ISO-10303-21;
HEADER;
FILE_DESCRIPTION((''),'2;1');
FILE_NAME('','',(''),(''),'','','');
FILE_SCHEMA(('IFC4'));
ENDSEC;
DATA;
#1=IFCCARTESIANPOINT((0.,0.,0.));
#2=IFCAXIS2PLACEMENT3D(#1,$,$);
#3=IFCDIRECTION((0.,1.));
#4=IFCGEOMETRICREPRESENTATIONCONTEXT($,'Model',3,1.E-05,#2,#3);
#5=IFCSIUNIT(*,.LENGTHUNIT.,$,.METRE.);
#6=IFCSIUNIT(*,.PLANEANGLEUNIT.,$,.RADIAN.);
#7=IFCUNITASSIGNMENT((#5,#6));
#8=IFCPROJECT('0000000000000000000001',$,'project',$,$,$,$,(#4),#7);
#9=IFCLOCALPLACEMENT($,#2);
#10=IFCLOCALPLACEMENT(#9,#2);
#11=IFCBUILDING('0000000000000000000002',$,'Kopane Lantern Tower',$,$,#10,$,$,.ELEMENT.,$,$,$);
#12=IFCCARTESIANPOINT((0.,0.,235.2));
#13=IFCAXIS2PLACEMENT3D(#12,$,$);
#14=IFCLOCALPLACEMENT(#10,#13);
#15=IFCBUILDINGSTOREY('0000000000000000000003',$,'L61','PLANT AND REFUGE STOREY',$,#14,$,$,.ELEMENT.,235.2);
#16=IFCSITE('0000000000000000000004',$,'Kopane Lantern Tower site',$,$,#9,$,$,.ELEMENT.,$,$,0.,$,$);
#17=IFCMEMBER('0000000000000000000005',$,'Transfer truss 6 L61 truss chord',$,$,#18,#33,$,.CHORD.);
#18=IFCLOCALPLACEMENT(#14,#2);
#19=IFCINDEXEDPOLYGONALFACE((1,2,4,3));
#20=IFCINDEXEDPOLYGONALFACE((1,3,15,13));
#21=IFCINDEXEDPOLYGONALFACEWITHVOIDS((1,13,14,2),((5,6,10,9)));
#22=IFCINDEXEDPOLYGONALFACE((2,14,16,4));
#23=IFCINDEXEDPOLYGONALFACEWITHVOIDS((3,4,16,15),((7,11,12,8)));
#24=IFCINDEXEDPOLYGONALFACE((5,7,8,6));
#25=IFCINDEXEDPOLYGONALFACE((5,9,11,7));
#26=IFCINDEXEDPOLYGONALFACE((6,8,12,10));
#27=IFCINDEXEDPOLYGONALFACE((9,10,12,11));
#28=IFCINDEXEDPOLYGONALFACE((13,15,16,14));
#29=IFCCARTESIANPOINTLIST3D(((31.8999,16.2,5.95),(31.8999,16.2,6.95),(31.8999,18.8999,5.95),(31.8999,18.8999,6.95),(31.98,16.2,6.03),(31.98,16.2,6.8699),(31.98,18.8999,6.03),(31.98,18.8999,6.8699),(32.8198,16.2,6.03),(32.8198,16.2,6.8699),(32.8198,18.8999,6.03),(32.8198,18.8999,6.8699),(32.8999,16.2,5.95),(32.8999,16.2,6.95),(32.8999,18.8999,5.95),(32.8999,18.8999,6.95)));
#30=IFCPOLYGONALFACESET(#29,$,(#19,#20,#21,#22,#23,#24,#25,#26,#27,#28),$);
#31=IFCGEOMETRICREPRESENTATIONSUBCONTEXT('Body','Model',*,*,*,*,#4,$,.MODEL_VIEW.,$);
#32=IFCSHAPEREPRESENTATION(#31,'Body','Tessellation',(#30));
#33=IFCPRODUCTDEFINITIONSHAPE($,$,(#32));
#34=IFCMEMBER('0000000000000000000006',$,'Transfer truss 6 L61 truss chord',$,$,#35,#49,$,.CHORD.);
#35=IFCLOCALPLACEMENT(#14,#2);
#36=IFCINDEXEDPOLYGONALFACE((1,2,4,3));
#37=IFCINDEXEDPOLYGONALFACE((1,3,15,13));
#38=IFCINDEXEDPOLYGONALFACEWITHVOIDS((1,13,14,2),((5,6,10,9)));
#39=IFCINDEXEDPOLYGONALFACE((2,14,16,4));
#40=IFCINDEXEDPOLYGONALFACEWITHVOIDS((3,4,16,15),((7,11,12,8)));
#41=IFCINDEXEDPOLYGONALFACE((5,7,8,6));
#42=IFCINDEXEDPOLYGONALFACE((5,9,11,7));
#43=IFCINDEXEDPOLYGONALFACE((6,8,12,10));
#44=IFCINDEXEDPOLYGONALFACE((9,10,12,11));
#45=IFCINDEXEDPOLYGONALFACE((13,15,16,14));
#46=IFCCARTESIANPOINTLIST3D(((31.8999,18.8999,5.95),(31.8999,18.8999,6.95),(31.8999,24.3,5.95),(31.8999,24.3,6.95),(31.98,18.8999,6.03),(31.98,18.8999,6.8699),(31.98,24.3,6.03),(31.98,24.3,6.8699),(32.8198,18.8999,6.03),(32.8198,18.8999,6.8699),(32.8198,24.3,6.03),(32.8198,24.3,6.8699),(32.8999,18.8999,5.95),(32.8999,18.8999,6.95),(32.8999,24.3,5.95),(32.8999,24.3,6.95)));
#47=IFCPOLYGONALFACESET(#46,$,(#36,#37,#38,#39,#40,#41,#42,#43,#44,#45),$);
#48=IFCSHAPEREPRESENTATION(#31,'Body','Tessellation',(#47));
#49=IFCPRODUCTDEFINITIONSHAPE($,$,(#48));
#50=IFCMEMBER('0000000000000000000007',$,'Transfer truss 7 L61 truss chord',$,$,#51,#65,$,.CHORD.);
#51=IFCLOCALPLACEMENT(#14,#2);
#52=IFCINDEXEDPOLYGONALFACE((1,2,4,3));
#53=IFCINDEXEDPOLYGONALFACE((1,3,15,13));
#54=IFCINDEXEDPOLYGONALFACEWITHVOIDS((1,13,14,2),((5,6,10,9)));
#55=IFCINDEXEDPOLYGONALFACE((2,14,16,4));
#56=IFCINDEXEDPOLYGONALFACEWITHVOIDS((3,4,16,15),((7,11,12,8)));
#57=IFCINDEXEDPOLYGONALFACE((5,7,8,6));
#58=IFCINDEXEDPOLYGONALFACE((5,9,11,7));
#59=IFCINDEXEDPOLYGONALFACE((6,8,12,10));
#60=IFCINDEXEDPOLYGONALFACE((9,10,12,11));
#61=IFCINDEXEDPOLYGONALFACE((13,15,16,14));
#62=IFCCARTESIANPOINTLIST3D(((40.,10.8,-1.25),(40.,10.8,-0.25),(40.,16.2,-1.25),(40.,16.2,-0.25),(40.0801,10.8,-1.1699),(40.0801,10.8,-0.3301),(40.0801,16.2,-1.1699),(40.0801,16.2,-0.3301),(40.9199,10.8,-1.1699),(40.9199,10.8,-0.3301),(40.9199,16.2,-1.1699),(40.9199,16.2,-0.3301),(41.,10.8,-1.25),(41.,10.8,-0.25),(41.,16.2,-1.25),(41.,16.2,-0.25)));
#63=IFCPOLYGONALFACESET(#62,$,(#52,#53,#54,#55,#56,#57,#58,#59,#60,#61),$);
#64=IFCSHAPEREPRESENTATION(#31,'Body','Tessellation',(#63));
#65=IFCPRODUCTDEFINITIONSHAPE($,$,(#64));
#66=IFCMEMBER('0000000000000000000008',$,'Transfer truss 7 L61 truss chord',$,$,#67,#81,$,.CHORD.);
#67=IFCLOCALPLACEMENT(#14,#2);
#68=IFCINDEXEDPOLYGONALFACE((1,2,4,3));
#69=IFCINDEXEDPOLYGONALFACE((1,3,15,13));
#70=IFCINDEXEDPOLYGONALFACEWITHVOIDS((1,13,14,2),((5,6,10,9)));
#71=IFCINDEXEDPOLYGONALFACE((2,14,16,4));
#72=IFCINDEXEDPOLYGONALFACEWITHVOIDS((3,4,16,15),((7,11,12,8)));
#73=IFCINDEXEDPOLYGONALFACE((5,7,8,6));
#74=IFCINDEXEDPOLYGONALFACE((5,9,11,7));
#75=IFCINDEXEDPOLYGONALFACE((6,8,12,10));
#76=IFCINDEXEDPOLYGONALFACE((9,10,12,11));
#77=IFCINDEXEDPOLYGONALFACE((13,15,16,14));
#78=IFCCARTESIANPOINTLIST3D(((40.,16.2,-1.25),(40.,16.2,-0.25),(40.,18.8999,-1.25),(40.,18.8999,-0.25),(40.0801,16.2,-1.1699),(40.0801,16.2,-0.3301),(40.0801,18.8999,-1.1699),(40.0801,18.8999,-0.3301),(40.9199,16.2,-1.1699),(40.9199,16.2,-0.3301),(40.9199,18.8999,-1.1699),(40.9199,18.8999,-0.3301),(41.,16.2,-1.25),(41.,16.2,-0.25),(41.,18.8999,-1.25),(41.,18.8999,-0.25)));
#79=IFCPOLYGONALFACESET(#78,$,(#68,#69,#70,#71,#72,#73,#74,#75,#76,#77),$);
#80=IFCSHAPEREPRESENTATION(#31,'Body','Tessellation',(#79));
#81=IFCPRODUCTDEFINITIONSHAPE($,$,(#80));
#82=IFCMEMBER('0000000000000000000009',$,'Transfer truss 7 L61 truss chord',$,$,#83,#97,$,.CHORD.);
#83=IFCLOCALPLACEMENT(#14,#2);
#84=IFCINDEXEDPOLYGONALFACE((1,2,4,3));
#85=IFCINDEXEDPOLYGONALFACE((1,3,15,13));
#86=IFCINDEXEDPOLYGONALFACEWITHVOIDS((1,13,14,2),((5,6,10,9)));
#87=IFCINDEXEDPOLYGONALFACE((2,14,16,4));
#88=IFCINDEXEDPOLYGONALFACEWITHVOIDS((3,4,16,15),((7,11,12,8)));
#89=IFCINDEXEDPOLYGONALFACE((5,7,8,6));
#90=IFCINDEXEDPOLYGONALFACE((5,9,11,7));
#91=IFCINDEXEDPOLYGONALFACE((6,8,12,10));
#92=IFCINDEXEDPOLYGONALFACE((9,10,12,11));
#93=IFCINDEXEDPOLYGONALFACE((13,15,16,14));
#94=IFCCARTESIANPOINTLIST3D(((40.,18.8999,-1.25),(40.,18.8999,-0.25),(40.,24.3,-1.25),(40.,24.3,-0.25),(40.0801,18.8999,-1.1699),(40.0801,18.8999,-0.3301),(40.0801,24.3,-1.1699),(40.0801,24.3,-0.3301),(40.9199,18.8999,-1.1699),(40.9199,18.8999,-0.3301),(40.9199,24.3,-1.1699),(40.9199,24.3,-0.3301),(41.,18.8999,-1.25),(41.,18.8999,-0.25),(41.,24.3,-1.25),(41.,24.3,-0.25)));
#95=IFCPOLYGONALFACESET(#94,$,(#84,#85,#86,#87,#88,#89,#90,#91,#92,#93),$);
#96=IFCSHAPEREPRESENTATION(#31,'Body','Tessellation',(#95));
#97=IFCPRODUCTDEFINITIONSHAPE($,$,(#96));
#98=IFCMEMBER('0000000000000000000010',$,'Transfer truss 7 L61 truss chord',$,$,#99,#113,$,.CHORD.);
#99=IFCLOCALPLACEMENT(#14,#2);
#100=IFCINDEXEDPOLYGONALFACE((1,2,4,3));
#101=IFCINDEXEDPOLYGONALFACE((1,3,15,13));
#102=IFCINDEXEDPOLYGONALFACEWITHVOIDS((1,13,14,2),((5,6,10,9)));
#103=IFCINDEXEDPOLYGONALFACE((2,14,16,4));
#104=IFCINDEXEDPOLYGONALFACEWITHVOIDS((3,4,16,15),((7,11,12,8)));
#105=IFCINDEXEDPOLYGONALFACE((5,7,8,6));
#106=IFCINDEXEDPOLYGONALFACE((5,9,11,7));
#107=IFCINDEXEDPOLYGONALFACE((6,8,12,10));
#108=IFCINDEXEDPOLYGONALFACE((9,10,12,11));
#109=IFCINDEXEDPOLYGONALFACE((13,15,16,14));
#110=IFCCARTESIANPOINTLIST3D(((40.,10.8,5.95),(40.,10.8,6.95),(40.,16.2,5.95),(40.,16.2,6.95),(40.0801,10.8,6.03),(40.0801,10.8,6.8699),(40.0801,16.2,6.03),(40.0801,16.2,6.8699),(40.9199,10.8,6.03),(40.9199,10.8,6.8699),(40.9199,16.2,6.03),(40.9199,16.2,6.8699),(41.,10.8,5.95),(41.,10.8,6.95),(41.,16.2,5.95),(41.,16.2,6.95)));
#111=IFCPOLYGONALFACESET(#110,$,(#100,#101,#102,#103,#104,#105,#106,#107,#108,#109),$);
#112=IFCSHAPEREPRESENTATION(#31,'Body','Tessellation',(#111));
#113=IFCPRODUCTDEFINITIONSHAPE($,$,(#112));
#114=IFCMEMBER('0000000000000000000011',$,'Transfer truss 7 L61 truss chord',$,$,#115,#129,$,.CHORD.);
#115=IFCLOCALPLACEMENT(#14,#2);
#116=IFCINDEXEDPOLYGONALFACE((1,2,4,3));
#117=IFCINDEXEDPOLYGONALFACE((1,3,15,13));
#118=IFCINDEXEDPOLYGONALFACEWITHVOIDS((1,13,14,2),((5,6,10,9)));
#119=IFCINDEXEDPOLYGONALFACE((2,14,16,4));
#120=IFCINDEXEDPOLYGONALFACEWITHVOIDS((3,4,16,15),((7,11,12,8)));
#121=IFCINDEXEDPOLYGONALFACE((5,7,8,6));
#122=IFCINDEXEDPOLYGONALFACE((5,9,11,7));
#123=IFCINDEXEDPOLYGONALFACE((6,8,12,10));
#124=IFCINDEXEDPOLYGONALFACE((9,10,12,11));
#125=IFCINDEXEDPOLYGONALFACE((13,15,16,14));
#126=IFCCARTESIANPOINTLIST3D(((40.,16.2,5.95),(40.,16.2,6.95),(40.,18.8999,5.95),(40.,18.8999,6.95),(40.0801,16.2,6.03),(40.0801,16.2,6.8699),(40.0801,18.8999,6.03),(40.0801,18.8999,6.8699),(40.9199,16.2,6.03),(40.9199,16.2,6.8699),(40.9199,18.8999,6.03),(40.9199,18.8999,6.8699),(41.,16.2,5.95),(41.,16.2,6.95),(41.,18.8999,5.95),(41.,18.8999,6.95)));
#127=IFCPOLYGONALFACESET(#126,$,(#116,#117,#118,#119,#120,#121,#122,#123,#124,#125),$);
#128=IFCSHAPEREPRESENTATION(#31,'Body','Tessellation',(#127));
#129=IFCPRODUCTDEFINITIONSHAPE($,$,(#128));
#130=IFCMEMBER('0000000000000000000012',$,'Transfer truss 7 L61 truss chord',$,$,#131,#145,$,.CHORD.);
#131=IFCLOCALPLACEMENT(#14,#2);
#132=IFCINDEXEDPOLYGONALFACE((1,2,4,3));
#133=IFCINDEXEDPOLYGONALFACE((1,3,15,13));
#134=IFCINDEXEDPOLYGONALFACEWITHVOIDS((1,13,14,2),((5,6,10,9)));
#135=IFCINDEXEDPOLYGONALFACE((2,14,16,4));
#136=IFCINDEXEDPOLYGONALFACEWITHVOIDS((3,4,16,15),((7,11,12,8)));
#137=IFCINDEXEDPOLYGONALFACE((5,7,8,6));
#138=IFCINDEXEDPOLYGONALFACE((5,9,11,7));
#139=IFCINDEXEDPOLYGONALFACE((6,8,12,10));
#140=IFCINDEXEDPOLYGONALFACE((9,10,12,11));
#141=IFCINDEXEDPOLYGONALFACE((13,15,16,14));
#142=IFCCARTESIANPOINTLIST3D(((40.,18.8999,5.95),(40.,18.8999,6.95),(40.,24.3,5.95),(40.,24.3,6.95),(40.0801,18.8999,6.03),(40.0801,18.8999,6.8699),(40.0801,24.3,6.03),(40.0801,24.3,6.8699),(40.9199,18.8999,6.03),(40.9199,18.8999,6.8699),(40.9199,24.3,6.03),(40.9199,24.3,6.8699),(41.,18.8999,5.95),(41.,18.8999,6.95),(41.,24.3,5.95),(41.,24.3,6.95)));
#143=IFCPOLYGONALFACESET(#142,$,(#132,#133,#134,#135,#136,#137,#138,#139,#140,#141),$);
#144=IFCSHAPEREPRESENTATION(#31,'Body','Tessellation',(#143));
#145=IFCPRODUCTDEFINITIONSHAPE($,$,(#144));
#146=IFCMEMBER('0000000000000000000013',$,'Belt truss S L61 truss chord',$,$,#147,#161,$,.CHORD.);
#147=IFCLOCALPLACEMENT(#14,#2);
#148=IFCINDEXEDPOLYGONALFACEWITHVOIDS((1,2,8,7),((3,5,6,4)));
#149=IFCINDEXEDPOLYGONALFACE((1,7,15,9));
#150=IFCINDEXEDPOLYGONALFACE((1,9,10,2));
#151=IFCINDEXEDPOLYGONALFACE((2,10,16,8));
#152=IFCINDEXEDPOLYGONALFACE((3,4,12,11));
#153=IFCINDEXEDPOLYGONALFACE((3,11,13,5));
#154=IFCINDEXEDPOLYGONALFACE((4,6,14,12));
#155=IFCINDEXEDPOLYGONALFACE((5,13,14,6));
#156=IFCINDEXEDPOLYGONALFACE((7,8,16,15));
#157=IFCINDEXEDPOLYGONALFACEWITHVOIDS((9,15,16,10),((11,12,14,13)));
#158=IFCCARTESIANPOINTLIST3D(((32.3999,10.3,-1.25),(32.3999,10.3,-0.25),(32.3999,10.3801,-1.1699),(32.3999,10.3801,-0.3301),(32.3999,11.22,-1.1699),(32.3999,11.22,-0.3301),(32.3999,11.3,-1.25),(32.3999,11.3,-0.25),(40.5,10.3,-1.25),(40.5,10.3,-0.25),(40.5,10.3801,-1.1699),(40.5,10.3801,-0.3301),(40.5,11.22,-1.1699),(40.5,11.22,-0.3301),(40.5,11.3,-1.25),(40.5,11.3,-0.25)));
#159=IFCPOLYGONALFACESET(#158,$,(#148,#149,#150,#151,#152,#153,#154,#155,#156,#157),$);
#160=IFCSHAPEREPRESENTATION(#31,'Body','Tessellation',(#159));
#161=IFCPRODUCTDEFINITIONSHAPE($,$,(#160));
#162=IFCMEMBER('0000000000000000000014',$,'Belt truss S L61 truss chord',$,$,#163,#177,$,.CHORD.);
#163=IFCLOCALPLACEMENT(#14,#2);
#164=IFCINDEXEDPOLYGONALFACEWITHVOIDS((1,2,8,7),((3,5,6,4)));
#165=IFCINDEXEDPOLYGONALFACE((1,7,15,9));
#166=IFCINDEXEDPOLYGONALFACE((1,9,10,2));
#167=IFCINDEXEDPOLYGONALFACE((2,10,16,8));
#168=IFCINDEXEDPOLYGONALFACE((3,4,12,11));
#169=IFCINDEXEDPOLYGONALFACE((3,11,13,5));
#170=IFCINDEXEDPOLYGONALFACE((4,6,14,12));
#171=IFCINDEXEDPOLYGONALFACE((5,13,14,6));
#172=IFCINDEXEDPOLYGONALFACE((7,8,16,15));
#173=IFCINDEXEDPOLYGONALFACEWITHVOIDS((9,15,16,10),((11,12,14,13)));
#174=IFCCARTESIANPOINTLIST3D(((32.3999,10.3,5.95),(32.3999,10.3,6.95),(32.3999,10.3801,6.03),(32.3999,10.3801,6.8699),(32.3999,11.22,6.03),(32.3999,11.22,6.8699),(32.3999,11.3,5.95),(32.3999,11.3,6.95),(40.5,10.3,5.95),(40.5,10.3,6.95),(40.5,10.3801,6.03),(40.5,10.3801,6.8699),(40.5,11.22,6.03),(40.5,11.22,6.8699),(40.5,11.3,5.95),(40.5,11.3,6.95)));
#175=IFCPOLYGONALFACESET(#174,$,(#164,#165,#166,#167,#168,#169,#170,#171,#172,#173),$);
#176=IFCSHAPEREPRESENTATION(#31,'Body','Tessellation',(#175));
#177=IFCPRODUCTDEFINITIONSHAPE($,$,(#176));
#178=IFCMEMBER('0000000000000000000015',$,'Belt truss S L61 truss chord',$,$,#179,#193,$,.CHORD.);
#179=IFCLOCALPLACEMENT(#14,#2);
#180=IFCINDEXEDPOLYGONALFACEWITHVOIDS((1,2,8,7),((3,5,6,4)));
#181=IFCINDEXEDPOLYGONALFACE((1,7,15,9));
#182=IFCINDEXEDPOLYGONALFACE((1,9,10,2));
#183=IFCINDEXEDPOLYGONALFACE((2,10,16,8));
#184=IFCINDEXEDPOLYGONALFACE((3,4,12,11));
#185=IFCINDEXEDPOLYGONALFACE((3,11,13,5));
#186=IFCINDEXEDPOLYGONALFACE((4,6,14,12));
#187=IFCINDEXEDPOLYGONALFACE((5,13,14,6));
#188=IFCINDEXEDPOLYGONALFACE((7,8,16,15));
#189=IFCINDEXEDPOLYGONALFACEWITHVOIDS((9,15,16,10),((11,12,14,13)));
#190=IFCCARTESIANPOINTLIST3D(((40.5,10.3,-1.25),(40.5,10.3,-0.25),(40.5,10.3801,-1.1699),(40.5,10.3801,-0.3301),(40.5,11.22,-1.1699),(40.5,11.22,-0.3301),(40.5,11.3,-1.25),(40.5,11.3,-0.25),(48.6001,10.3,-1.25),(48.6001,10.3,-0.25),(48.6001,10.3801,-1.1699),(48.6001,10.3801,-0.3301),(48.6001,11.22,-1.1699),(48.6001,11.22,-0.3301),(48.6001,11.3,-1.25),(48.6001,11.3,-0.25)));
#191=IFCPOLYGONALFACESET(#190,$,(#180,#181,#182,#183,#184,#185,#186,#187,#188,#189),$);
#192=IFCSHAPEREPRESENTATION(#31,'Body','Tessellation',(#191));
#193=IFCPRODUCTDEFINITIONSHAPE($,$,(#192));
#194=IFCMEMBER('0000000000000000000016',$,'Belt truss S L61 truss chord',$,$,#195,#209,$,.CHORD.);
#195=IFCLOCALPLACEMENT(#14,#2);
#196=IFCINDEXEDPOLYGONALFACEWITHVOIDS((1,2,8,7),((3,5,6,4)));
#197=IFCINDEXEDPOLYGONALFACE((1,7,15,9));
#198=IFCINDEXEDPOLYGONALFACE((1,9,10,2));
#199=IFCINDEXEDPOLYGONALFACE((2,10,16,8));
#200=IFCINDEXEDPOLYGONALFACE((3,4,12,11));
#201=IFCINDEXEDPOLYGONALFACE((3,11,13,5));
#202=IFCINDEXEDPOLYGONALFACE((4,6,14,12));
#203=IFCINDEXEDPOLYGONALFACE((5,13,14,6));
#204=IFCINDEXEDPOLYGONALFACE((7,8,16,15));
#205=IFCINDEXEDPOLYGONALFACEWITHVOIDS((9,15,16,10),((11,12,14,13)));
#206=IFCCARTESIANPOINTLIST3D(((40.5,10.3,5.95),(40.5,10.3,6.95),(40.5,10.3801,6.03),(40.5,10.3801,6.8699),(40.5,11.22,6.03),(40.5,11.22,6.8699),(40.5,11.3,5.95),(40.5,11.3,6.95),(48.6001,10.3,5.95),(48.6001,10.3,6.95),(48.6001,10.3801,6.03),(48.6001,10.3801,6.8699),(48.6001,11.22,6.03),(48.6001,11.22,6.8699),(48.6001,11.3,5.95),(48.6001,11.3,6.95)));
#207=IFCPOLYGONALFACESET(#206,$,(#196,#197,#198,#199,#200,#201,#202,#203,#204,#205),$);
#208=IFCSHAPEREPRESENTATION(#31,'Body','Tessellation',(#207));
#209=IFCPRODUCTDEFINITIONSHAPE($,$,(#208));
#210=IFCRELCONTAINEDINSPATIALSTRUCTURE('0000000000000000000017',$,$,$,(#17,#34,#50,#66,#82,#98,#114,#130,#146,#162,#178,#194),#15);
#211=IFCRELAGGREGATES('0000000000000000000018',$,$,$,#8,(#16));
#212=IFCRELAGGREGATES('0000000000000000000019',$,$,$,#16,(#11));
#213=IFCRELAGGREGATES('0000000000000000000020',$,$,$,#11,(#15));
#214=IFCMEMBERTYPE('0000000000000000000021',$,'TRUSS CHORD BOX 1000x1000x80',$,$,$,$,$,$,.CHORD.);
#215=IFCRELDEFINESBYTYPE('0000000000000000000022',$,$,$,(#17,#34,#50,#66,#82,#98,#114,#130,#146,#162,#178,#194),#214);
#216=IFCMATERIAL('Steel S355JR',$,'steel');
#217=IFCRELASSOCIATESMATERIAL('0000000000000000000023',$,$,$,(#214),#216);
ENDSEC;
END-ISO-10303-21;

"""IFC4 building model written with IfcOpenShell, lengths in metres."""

from ifc_helpers import new_model, si_unit, direction, frame, origin, origin_2d, place, context, subcontext, project, spatial, hollow_rectangle, extrude, material, material_profile, profile_set, type_object, element, save


model = new_model("IFC4")

# Units and contexts
model_context = context("Model", 3, precision=1e-05, world=origin(), true_north=direction((0.0, 1.0)))
body_context = subcontext(model_context, "Body", "Model", "MODEL_VIEW")
ifc_project = project(units=[si_unit("LENGTHUNIT", "METRE"), si_unit("PLANEANGLEUNIT", "RADIAN")], contexts=[model_context])

# Site, building, storey
site_placement = place(None, origin())
site = spatial("IfcSite", under=ifc_project, at=site_placement, Name="Kopane Lantern Tower site", CompositionType="ELEMENT", RefElevation=0.0)
building_placement = place(site_placement, origin())
building = spatial("IfcBuilding", under=site, at=building_placement, Name="Kopane Lantern Tower", CompositionType="ELEMENT")
storey_placement = place(building_placement, frame((0.0, 0.0, 235.2)))
storey = spatial("IfcBuildingStorey", under=building, at=storey_placement, Name="L61", Description="PLANT AND REFUGE STOREY", CompositionType="ELEMENT", Elevation=235.2)

# Members
ifc_material_1 = material(Name="Steel S355JR", Category="steel")
ifc_material_profile_1 = material_profile(ifc_material_1, hollow_rectangle(XDim=1.0, YDim=1.0, WallThickness=0.0801, at=origin_2d()), Name="BOX 1000x1000x80")
ifc_profile_set_1 = profile_set([ifc_material_profile_1], Name="Steel S355JR")
member_type_1 = type_object("IfcMemberType", Name="TRUSS CHORD BOX 1000x1000x80", PredefinedType="CHORD", material=ifc_profile_set_1)
member_1_placement = place(storey_placement, frame((32.3999, 16.2, 6.45), z_axis=(0.0, 1.0, 0.0), x_axis=(-1.0, 0.0, 0.0)))
element("IfcMember", 1, at=member_1_placement, inside=storey, type_object=member_type_1, Name="Transfer truss 6 L61 truss chord", PredefinedType="CHORD", context=body_context, shape_type="SweptSolid", body=[
    extrude(hollow_rectangle(XDim=1.0, YDim=1.0, WallThickness=0.0801, at=origin_2d()), origin(), (0.0, 0.0, 1.0), 2.7),
])
member_2_placement = place(storey_placement, frame((32.3999, 18.8999, 6.45), z_axis=(0.0, 1.0, 0.0), x_axis=(-1.0, 0.0, 0.0)))
element("IfcMember", 2, at=member_2_placement, inside=storey, type_object=member_type_1, Name="Transfer truss 6 L61 truss chord", PredefinedType="CHORD", context=body_context, shape_type="SweptSolid", body=[
    extrude(hollow_rectangle(XDim=1.0, YDim=1.0, WallThickness=0.0801, at=origin_2d()), origin(), (0.0, 0.0, 1.0), 5.4001),
])
member_3_placement = place(storey_placement, frame((40.5, 10.8, -0.75), z_axis=(0.0, 1.0, 0.0), x_axis=(-1.0, 0.0, 0.0)))
element("IfcMember", 3, at=member_3_placement, inside=storey, type_object=member_type_1, Name="Transfer truss 7 L61 truss chord", PredefinedType="CHORD", context=body_context, shape_type="SweptSolid", body=[
    extrude(hollow_rectangle(XDim=1.0, YDim=1.0, WallThickness=0.0801, at=origin_2d()), origin(), (0.0, 0.0, 1.0), 5.3999),
])
member_4_placement = place(storey_placement, frame((40.5, 16.2, -0.75), z_axis=(0.0, 1.0, 0.0), x_axis=(-1.0, 0.0, 0.0)))
element("IfcMember", 4, at=member_4_placement, inside=storey, type_object=member_type_1, Name="Transfer truss 7 L61 truss chord", PredefinedType="CHORD", context=body_context, shape_type="SweptSolid", body=[
    extrude(hollow_rectangle(XDim=1.0, YDim=1.0, WallThickness=0.0801, at=origin_2d()), origin(), (0.0, 0.0, 1.0), 2.7),
])
member_5_placement = place(storey_placement, frame((40.5, 18.8999, -0.75), z_axis=(0.0, 1.0, 0.0), x_axis=(-1.0, 0.0, 0.0)))
element("IfcMember", 5, at=member_5_placement, inside=storey, type_object=member_type_1, Name="Transfer truss 7 L61 truss chord", PredefinedType="CHORD", context=body_context, shape_type="SweptSolid", body=[
    extrude(hollow_rectangle(XDim=1.0, YDim=1.0, WallThickness=0.0801, at=origin_2d()), origin(), (0.0, 0.0, 1.0), 5.4001),
])
member_6_placement = place(storey_placement, frame((40.5, 10.8, 6.45), z_axis=(0.0, 1.0, 0.0), x_axis=(-1.0, 0.0, 0.0)))
element("IfcMember", 6, at=member_6_placement, inside=storey, type_object=member_type_1, Name="Transfer truss 7 L61 truss chord", PredefinedType="CHORD", context=body_context, shape_type="SweptSolid", body=[
    extrude(hollow_rectangle(XDim=1.0, YDim=1.0, WallThickness=0.0801, at=origin_2d()), origin(), (0.0, 0.0, 1.0), 5.3999),
])
member_7_placement = place(storey_placement, frame((40.5, 16.2, 6.45), z_axis=(0.0, 1.0, 0.0), x_axis=(-1.0, 0.0, 0.0)))
element("IfcMember", 7, at=member_7_placement, inside=storey, type_object=member_type_1, Name="Transfer truss 7 L61 truss chord", PredefinedType="CHORD", context=body_context, shape_type="SweptSolid", body=[
    extrude(hollow_rectangle(XDim=1.0, YDim=1.0, WallThickness=0.0801, at=origin_2d()), origin(), (0.0, 0.0, 1.0), 2.7),
])
member_8_placement = place(storey_placement, frame((40.5, 18.8999, 6.45), z_axis=(0.0, 1.0, 0.0), x_axis=(-1.0, 0.0, 0.0)))
element("IfcMember", 8, at=member_8_placement, inside=storey, type_object=member_type_1, Name="Transfer truss 7 L61 truss chord", PredefinedType="CHORD", context=body_context, shape_type="SweptSolid", body=[
    extrude(hollow_rectangle(XDim=1.0, YDim=1.0, WallThickness=0.0801, at=origin_2d()), origin(), (0.0, 0.0, 1.0), 5.4001),
])
for number, where, z_axis, x_axis, name in (
    (9, (32.3999, 10.8, -0.75), (1.0, 0.0, 0.0), (0.0, 1.0, 0.0), "Belt truss S L61 truss chord"),
    (10, (32.3999, 10.8, 6.45), (1.0, 0.0, 0.0), (0.0, 1.0, 0.0), "Belt truss S L61 truss chord"),
    (11, (40.5, 10.8, -0.75), (1.0, 0.0, 0.0), (0.0, 1.0, 0.0), "Belt truss S L61 truss chord"),
    (12, (40.5, 10.8, 6.45), (1.0, 0.0, 0.0), (0.0, 1.0, 0.0), "Belt truss S L61 truss chord"),
):
    element("IfcMember", number, at=place(storey_placement, frame(where, z_axis=z_axis, x_axis=x_axis)), inside=storey, type_object=member_type_1, Name=name, PredefinedType="CHORD", context=body_context, shape_type="SweptSolid", body=[
        extrude(hollow_rectangle(XDim=1.0, YDim=1.0, WallThickness=0.0801, at=origin_2d()), origin(), (0.0, 0.0, 1.0), 8.1001),
    ])

save(model, "model.ifc")
